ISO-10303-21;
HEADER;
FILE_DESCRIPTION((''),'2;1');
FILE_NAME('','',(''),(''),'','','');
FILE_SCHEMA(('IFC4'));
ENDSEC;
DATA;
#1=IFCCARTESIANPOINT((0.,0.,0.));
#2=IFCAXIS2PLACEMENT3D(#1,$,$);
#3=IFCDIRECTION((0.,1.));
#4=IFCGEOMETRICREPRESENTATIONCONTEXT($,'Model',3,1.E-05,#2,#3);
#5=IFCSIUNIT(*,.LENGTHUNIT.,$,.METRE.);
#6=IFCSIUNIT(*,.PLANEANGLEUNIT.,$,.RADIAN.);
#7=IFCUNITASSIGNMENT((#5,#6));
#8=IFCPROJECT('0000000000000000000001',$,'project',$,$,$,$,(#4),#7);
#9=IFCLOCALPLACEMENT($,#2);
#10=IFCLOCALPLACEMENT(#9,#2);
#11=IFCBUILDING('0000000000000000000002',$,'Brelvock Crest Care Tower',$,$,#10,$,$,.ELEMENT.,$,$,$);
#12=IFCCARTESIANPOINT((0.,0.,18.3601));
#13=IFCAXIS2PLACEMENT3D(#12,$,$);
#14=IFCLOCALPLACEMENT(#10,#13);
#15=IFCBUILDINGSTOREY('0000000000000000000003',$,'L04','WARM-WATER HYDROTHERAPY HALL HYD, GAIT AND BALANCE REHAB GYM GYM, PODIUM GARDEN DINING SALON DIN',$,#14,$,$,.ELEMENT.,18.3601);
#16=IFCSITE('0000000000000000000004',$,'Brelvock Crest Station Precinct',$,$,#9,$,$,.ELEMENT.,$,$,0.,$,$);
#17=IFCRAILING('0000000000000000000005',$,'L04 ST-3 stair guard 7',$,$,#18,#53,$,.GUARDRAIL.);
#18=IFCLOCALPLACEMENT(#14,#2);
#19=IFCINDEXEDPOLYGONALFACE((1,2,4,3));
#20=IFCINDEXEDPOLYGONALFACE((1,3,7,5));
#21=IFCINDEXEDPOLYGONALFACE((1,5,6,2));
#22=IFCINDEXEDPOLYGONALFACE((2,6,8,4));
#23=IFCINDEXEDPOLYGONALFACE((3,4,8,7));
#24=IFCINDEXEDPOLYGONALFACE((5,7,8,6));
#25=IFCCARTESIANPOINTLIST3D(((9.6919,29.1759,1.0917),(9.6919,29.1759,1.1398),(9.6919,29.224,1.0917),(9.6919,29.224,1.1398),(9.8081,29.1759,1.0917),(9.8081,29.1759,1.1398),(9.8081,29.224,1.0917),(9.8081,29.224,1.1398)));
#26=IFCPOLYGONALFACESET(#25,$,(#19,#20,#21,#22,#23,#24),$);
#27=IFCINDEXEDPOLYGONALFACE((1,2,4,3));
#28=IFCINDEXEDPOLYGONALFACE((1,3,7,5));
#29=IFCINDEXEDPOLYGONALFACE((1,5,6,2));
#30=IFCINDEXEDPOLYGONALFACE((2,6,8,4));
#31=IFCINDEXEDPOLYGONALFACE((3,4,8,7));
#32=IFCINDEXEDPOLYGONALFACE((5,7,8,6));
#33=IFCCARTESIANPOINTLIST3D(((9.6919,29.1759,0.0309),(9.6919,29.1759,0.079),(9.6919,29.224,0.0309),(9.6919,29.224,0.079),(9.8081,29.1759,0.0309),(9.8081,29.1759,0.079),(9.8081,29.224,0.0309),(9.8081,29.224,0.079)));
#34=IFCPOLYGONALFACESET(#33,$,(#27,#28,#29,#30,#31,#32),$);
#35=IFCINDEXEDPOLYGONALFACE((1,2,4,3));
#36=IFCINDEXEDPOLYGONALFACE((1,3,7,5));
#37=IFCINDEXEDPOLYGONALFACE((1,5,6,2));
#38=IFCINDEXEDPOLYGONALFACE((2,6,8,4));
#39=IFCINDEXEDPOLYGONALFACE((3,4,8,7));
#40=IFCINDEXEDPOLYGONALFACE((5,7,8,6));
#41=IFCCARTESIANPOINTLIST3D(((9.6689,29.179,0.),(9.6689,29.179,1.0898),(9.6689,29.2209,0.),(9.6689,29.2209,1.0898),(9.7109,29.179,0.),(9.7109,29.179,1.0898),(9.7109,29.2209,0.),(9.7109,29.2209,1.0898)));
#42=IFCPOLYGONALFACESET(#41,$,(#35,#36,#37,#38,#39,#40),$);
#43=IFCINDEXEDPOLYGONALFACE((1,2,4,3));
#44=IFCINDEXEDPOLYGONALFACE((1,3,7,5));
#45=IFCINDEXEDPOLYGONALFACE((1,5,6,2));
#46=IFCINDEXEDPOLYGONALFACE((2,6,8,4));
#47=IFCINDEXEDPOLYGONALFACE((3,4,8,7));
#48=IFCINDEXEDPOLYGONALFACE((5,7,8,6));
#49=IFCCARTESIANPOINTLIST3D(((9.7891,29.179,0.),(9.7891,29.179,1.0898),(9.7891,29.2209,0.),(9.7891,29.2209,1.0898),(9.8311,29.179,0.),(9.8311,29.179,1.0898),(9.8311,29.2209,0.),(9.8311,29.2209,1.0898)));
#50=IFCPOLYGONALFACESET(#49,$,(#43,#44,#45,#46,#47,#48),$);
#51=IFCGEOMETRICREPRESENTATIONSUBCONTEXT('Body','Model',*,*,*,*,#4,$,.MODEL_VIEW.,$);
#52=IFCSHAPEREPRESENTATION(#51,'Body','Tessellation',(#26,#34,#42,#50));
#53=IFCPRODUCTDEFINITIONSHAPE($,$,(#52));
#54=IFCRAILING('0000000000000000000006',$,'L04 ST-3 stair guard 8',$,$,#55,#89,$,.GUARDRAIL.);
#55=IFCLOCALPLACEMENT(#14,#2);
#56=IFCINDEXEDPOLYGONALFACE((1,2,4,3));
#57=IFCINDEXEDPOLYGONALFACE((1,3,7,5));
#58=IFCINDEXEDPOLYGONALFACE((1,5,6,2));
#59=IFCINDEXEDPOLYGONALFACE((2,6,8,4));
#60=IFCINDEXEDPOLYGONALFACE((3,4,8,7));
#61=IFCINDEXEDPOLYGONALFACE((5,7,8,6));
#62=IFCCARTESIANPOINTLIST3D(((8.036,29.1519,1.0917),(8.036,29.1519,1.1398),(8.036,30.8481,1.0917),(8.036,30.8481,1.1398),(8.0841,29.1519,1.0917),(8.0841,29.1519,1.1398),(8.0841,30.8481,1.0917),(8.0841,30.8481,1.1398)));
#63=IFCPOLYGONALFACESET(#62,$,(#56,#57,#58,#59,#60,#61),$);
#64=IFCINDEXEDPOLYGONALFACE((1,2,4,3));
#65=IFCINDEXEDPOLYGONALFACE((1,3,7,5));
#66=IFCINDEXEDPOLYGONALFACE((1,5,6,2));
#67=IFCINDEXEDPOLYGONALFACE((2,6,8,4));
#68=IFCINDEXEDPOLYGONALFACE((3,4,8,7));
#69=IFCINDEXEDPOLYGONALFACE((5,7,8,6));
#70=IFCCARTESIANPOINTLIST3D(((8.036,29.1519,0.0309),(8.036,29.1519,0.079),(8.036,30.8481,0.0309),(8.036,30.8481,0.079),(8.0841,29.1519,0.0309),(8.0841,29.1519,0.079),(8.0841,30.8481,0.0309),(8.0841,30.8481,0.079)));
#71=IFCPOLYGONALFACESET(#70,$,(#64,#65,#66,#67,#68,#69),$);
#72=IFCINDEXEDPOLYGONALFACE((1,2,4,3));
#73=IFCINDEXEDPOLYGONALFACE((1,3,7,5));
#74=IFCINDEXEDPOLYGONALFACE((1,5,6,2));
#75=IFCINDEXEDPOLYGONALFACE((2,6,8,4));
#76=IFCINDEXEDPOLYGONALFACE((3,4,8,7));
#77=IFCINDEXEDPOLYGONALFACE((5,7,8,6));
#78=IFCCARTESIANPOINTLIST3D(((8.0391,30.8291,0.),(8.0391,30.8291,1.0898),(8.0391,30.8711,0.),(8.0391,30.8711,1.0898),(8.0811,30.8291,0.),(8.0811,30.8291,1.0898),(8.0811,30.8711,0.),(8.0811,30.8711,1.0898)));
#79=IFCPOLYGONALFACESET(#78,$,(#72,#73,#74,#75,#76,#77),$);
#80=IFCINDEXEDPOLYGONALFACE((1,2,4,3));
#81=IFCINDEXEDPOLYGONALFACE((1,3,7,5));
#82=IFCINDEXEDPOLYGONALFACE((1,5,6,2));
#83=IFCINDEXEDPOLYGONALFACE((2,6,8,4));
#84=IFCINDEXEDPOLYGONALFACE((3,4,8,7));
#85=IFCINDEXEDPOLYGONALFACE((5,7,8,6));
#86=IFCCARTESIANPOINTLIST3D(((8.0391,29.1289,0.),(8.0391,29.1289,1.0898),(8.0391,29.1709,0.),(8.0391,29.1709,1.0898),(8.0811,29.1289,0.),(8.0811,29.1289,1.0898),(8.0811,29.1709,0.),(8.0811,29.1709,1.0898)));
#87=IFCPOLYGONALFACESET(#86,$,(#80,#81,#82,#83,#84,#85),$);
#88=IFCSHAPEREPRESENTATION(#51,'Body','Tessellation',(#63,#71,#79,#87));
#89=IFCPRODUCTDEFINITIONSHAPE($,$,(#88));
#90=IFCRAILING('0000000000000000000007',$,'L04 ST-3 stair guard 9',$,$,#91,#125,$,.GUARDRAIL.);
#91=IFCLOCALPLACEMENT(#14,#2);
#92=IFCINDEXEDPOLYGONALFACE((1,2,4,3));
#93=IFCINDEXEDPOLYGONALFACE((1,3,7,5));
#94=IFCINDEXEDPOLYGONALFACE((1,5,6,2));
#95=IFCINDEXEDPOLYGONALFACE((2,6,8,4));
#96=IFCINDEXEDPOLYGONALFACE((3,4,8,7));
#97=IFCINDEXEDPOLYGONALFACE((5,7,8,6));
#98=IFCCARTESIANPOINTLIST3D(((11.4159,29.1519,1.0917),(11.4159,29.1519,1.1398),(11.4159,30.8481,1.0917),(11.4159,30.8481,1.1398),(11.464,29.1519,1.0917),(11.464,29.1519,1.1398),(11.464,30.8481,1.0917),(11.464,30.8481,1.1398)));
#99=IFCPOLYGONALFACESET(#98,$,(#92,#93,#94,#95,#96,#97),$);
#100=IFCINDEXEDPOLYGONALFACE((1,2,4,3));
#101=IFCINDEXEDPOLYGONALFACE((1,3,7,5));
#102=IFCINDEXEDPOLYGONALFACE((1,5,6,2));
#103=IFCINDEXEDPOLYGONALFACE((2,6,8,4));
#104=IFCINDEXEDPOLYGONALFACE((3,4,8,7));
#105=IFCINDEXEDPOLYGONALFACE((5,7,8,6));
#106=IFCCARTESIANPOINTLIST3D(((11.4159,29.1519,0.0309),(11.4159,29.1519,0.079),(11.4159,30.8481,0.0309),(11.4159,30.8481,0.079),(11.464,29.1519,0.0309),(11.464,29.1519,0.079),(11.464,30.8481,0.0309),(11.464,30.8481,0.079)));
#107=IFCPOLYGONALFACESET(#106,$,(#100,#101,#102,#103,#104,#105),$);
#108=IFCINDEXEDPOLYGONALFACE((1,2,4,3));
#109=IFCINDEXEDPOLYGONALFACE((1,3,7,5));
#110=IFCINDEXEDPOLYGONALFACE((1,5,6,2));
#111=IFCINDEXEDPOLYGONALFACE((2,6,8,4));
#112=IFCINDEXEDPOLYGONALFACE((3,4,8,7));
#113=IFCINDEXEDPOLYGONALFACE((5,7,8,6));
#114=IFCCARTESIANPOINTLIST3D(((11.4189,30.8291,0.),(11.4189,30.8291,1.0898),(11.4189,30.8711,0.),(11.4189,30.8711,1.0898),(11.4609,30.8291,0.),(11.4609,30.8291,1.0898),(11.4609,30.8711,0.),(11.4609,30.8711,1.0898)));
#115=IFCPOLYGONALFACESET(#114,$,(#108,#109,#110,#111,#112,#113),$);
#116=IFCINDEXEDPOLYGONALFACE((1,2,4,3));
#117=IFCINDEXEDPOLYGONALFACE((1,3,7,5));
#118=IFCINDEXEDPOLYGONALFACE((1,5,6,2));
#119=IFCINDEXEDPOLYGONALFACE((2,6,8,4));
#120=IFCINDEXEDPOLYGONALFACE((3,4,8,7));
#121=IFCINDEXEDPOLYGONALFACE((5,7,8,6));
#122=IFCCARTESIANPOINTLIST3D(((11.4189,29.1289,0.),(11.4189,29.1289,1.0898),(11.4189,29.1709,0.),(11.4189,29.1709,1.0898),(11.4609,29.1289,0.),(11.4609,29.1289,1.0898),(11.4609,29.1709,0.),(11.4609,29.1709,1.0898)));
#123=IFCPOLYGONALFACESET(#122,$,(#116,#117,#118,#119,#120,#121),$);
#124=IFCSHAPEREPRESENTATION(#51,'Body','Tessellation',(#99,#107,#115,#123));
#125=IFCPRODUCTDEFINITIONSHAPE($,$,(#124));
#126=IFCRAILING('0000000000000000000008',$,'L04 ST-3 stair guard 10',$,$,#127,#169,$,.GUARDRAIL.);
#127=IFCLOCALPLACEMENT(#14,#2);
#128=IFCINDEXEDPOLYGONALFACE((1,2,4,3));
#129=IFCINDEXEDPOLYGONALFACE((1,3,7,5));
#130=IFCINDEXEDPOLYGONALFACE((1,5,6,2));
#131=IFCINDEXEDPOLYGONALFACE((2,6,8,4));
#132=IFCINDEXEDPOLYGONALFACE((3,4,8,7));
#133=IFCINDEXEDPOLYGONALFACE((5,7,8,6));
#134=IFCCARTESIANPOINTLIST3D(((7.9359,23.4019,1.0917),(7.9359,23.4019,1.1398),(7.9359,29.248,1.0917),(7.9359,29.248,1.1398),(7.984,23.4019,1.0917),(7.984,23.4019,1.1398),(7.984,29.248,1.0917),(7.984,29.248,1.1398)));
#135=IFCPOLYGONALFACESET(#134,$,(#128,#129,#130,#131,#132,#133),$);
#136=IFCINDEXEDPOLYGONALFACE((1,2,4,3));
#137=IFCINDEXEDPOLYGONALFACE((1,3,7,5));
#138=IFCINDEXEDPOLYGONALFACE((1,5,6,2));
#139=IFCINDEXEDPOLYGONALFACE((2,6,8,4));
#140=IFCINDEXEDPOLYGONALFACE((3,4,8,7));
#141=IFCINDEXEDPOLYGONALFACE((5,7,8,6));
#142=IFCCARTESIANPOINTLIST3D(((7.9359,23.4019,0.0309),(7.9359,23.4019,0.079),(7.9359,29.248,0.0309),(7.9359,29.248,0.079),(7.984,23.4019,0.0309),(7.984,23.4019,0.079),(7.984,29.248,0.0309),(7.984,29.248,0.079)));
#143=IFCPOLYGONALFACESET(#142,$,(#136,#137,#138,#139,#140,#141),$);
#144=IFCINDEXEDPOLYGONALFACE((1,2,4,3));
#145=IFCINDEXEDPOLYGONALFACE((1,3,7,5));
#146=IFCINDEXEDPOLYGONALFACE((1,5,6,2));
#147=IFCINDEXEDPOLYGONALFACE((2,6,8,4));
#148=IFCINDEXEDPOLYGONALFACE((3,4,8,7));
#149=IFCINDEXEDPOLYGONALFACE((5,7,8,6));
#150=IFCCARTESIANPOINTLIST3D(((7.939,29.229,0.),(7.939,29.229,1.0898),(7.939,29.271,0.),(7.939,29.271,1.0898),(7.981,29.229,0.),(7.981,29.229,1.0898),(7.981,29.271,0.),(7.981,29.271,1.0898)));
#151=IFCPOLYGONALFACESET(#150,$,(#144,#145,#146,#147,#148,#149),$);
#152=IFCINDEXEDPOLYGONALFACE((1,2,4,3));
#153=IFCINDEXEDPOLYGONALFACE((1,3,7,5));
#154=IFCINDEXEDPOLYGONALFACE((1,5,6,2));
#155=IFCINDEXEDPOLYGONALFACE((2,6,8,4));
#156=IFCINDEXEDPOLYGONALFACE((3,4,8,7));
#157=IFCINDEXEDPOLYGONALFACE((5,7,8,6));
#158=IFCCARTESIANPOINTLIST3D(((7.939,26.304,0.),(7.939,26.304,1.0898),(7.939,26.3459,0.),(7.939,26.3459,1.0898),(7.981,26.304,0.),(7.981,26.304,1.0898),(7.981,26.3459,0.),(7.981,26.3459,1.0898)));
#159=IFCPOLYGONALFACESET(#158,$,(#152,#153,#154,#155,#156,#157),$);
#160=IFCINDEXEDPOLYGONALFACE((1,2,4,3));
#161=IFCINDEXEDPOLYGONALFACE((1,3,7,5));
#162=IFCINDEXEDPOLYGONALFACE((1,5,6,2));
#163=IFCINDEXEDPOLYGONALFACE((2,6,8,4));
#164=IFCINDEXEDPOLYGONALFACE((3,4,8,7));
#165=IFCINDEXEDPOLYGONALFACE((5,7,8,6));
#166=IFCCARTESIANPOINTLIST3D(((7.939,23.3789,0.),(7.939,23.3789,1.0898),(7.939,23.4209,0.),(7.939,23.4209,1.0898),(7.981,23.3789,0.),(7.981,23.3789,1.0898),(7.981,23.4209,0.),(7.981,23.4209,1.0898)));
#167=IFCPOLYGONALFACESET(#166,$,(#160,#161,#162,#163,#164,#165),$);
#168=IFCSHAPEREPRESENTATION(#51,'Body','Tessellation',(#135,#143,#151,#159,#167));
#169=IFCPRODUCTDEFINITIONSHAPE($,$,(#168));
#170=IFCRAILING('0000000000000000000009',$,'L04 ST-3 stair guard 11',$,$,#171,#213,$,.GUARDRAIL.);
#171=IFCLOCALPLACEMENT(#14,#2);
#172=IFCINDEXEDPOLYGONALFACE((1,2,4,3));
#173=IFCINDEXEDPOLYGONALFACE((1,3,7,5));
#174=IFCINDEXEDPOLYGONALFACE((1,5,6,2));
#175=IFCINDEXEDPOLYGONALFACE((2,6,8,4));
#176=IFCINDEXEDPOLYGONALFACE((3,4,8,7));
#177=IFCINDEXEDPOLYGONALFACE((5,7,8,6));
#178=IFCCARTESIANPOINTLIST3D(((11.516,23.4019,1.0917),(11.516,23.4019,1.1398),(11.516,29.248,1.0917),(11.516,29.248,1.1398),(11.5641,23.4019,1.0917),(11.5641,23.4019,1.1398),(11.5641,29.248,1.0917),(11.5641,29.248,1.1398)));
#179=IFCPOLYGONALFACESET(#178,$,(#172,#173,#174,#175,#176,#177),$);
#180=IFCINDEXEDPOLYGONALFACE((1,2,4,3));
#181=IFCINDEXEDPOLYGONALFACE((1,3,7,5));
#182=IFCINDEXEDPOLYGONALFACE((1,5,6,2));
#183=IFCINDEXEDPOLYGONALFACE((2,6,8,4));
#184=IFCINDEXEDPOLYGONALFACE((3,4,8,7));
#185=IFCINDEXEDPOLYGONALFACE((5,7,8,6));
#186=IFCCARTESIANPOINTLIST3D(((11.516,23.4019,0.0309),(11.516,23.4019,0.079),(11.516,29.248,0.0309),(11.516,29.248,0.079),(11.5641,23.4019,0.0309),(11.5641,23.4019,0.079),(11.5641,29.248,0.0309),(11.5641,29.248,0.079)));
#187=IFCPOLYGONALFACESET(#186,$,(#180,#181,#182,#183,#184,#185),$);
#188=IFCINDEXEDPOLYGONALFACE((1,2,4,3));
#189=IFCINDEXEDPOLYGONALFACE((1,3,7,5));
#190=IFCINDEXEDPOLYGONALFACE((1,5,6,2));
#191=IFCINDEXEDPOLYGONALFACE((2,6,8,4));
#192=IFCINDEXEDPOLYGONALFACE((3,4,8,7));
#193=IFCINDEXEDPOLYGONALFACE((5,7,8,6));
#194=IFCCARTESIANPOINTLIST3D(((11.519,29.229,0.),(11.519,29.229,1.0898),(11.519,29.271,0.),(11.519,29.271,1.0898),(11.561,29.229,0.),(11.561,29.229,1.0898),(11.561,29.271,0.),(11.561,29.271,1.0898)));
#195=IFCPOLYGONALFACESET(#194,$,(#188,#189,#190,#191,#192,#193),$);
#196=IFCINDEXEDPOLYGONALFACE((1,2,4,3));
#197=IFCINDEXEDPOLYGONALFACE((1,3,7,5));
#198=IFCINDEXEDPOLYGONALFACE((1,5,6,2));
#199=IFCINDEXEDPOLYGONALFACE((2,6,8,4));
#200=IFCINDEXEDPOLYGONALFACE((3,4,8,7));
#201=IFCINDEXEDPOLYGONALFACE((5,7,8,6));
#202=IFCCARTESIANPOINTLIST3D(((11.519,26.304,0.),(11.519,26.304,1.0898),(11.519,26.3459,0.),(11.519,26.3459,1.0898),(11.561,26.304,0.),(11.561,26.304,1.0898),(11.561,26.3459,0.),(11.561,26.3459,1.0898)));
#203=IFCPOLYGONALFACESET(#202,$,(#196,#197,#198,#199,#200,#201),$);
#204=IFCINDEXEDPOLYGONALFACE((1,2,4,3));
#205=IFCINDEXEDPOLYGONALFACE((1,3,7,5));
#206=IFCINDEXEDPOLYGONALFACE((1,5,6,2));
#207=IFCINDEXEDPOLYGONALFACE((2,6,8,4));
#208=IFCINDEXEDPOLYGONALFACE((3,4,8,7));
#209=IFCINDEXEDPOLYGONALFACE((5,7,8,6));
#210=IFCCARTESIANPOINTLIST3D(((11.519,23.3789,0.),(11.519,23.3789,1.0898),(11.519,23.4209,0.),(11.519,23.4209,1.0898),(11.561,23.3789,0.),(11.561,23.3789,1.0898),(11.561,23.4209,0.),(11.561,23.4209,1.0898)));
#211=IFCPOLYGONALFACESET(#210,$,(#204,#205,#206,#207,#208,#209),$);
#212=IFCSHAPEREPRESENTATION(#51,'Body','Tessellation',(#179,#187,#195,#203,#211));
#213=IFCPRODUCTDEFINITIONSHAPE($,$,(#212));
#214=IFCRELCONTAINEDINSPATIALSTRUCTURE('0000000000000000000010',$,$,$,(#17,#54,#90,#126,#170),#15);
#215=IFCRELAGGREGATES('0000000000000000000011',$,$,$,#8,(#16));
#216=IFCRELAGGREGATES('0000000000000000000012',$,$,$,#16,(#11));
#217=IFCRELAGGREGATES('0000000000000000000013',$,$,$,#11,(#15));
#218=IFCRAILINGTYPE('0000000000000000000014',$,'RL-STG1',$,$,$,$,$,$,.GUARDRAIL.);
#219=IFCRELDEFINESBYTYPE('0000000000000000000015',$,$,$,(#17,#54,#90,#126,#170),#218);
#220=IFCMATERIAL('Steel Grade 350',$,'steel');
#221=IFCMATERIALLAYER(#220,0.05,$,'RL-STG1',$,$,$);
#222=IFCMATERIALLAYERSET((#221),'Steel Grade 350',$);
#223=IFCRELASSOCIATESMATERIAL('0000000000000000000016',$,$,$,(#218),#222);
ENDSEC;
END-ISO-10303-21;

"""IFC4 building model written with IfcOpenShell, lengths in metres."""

from ifc_helpers import new_model, si_unit, direction, frame, origin, origin_2d, place, context, subcontext, project, spatial, rectangle, extrude, material, layer, layer_set, type_object, element, save


model = new_model("IFC4")

# Units and contexts
model_context = context("Model", 3, precision=1e-05, world=origin(), true_north=direction((0.0, 1.0)))
body_context = subcontext(model_context, "Body", "Model", "MODEL_VIEW")
ifc_project = project(units=[si_unit("LENGTHUNIT", "METRE"), si_unit("PLANEANGLEUNIT", "RADIAN")], contexts=[model_context])

# Site, building, storey
site_placement = place(None, origin())
site = spatial("IfcSite", under=ifc_project, at=site_placement, Name="Brelvock Crest Station Precinct", CompositionType="ELEMENT", RefElevation=0.0)
building_placement = place(site_placement, origin())
building = spatial("IfcBuilding", under=site, at=building_placement, Name="Brelvock Crest Care Tower", CompositionType="ELEMENT")
storey_placement = place(building_placement, frame((0.0, 0.0, 18.3601)))
storey = spatial("IfcBuildingStorey", under=building, at=storey_placement, Name="L04", Description="WARM-WATER HYDROTHERAPY HALL HYD, GAIT AND BALANCE REHAB GYM GYM, PODIUM GARDEN DINING SALON DIN", CompositionType="ELEMENT", Elevation=18.3601)

# Shared definitions
ifc_material_1 = material(Name="Steel Grade 350", Category="steel")

# Railings
ifc_layer_1 = layer(ifc_material_1, 0.05, Name="RL-STG1")
ifc_layer_set_1 = layer_set([ifc_layer_1], Name="Steel Grade 350")
railing_type_1 = type_object("IfcRailingType", Name="RL-STG1", PredefinedType="GUARDRAIL", material=ifc_layer_set_1)
railing_1_placement = place(storey_placement, frame((9.6899, 29.2, 0.0)))
element("IfcRailing", 1, at=railing_1_placement, inside=storey, type_object=railing_type_1, Name="L04 ST-3 stair guard 7", PredefinedType="GUARDRAIL", context=body_context, shape_type="SweptSolid", body=[
    extrude(rectangle(XDim=0.0481, YDim=0.0481, at=origin_2d()), frame((0.002, 0.0, 1.1157), z_axis=(1.0, 0.0, 0.0), x_axis=(0.0, 1.0, 0.0)), (0.0, 0.0, 1.0), 0.1162),
    extrude(rectangle(XDim=0.0481, YDim=0.0481, at=origin_2d()), frame((0.002, 0.0, 0.0549), z_axis=(1.0, 0.0, 0.0), x_axis=(0.0, 1.0, 0.0)), (0.0, 0.0, 1.0), 0.1162),
    extrude(rectangle(XDim=0.042, YDim=0.042, at=origin_2d()), origin(), (0.0, 0.0, 1.0), 1.0898),
    extrude(rectangle(XDim=0.042, YDim=0.042, at=origin_2d()), frame((0.1201, 0.0, 0.0)), (0.0, 0.0, 1.0), 1.0898),
])
for number, where, name in (
    (2, (8.0601, 30.8501, 0.0), "L04 ST-3 stair guard 8"),
    (3, (11.4399, 30.8501, 0.0), "L04 ST-3 stair guard 9"),
):
    element("IfcRailing", number, at=place(storey_placement, frame(where)), inside=storey, type_object=railing_type_1, Name=name, PredefinedType="GUARDRAIL", context=body_context, shape_type="SweptSolid", body=[
        extrude(rectangle(XDim=0.0481, YDim=0.0481, at=origin_2d()), frame((0.0, -0.002, 1.1157), z_axis=(0.0, -1.0, 0.0), x_axis=(1.0, 0.0, 0.0)), (0.0, 0.0, 1.0), 1.6963),
        extrude(rectangle(XDim=0.0481, YDim=0.0481, at=origin_2d()), frame((0.0, -0.002, 0.0549), z_axis=(0.0, -1.0, 0.0), x_axis=(1.0, 0.0, 0.0)), (0.0, 0.0, 1.0), 1.6963),
        extrude(rectangle(XDim=0.042, YDim=0.042, at=origin_2d()), origin(), (0.0, 0.0, 1.0), 1.0898),
        extrude(rectangle(XDim=0.042, YDim=0.042, at=origin_2d()), frame((0.0, -1.7002, 0.0)), (0.0, 0.0, 1.0), 1.0898),
    ])
for number, where, name in (
    (4, (7.96, 29.25, 0.0), "L04 ST-3 stair guard 10"),
    (5, (11.54, 29.25, 0.0), "L04 ST-3 stair guard 11"),
):
    element("IfcRailing", number, at=place(storey_placement, frame(where)), inside=storey, type_object=railing_type_1, Name=name, PredefinedType="GUARDRAIL", context=body_context, shape_type="SweptSolid", body=[
        extrude(rectangle(XDim=0.0481, YDim=0.0481, at=origin_2d()), frame((0.0, -0.002, 1.1157), z_axis=(0.0, -1.0, 0.0), x_axis=(1.0, 0.0, 0.0)), (0.0, 0.0, 1.0), 5.8462),
        extrude(rectangle(XDim=0.0481, YDim=0.0481, at=origin_2d()), frame((0.0, -0.002, 0.0549), z_axis=(0.0, -1.0, 0.0), x_axis=(1.0, 0.0, 0.0)), (0.0, 0.0, 1.0), 5.8462),
        extrude(rectangle(XDim=0.042, YDim=0.042, at=origin_2d()), origin(), (0.0, 0.0, 1.0), 1.0898),
        extrude(rectangle(XDim=0.042, YDim=0.042, at=origin_2d()), frame((0.0, -2.925, 0.0)), (0.0, 0.0, 1.0), 1.0898),
        extrude(rectangle(XDim=0.042, YDim=0.042, at=origin_2d()), frame((0.0, -5.8501, 0.0)), (0.0, 0.0, 1.0), 1.0898),
    ])

save(model, "model.ifc")
